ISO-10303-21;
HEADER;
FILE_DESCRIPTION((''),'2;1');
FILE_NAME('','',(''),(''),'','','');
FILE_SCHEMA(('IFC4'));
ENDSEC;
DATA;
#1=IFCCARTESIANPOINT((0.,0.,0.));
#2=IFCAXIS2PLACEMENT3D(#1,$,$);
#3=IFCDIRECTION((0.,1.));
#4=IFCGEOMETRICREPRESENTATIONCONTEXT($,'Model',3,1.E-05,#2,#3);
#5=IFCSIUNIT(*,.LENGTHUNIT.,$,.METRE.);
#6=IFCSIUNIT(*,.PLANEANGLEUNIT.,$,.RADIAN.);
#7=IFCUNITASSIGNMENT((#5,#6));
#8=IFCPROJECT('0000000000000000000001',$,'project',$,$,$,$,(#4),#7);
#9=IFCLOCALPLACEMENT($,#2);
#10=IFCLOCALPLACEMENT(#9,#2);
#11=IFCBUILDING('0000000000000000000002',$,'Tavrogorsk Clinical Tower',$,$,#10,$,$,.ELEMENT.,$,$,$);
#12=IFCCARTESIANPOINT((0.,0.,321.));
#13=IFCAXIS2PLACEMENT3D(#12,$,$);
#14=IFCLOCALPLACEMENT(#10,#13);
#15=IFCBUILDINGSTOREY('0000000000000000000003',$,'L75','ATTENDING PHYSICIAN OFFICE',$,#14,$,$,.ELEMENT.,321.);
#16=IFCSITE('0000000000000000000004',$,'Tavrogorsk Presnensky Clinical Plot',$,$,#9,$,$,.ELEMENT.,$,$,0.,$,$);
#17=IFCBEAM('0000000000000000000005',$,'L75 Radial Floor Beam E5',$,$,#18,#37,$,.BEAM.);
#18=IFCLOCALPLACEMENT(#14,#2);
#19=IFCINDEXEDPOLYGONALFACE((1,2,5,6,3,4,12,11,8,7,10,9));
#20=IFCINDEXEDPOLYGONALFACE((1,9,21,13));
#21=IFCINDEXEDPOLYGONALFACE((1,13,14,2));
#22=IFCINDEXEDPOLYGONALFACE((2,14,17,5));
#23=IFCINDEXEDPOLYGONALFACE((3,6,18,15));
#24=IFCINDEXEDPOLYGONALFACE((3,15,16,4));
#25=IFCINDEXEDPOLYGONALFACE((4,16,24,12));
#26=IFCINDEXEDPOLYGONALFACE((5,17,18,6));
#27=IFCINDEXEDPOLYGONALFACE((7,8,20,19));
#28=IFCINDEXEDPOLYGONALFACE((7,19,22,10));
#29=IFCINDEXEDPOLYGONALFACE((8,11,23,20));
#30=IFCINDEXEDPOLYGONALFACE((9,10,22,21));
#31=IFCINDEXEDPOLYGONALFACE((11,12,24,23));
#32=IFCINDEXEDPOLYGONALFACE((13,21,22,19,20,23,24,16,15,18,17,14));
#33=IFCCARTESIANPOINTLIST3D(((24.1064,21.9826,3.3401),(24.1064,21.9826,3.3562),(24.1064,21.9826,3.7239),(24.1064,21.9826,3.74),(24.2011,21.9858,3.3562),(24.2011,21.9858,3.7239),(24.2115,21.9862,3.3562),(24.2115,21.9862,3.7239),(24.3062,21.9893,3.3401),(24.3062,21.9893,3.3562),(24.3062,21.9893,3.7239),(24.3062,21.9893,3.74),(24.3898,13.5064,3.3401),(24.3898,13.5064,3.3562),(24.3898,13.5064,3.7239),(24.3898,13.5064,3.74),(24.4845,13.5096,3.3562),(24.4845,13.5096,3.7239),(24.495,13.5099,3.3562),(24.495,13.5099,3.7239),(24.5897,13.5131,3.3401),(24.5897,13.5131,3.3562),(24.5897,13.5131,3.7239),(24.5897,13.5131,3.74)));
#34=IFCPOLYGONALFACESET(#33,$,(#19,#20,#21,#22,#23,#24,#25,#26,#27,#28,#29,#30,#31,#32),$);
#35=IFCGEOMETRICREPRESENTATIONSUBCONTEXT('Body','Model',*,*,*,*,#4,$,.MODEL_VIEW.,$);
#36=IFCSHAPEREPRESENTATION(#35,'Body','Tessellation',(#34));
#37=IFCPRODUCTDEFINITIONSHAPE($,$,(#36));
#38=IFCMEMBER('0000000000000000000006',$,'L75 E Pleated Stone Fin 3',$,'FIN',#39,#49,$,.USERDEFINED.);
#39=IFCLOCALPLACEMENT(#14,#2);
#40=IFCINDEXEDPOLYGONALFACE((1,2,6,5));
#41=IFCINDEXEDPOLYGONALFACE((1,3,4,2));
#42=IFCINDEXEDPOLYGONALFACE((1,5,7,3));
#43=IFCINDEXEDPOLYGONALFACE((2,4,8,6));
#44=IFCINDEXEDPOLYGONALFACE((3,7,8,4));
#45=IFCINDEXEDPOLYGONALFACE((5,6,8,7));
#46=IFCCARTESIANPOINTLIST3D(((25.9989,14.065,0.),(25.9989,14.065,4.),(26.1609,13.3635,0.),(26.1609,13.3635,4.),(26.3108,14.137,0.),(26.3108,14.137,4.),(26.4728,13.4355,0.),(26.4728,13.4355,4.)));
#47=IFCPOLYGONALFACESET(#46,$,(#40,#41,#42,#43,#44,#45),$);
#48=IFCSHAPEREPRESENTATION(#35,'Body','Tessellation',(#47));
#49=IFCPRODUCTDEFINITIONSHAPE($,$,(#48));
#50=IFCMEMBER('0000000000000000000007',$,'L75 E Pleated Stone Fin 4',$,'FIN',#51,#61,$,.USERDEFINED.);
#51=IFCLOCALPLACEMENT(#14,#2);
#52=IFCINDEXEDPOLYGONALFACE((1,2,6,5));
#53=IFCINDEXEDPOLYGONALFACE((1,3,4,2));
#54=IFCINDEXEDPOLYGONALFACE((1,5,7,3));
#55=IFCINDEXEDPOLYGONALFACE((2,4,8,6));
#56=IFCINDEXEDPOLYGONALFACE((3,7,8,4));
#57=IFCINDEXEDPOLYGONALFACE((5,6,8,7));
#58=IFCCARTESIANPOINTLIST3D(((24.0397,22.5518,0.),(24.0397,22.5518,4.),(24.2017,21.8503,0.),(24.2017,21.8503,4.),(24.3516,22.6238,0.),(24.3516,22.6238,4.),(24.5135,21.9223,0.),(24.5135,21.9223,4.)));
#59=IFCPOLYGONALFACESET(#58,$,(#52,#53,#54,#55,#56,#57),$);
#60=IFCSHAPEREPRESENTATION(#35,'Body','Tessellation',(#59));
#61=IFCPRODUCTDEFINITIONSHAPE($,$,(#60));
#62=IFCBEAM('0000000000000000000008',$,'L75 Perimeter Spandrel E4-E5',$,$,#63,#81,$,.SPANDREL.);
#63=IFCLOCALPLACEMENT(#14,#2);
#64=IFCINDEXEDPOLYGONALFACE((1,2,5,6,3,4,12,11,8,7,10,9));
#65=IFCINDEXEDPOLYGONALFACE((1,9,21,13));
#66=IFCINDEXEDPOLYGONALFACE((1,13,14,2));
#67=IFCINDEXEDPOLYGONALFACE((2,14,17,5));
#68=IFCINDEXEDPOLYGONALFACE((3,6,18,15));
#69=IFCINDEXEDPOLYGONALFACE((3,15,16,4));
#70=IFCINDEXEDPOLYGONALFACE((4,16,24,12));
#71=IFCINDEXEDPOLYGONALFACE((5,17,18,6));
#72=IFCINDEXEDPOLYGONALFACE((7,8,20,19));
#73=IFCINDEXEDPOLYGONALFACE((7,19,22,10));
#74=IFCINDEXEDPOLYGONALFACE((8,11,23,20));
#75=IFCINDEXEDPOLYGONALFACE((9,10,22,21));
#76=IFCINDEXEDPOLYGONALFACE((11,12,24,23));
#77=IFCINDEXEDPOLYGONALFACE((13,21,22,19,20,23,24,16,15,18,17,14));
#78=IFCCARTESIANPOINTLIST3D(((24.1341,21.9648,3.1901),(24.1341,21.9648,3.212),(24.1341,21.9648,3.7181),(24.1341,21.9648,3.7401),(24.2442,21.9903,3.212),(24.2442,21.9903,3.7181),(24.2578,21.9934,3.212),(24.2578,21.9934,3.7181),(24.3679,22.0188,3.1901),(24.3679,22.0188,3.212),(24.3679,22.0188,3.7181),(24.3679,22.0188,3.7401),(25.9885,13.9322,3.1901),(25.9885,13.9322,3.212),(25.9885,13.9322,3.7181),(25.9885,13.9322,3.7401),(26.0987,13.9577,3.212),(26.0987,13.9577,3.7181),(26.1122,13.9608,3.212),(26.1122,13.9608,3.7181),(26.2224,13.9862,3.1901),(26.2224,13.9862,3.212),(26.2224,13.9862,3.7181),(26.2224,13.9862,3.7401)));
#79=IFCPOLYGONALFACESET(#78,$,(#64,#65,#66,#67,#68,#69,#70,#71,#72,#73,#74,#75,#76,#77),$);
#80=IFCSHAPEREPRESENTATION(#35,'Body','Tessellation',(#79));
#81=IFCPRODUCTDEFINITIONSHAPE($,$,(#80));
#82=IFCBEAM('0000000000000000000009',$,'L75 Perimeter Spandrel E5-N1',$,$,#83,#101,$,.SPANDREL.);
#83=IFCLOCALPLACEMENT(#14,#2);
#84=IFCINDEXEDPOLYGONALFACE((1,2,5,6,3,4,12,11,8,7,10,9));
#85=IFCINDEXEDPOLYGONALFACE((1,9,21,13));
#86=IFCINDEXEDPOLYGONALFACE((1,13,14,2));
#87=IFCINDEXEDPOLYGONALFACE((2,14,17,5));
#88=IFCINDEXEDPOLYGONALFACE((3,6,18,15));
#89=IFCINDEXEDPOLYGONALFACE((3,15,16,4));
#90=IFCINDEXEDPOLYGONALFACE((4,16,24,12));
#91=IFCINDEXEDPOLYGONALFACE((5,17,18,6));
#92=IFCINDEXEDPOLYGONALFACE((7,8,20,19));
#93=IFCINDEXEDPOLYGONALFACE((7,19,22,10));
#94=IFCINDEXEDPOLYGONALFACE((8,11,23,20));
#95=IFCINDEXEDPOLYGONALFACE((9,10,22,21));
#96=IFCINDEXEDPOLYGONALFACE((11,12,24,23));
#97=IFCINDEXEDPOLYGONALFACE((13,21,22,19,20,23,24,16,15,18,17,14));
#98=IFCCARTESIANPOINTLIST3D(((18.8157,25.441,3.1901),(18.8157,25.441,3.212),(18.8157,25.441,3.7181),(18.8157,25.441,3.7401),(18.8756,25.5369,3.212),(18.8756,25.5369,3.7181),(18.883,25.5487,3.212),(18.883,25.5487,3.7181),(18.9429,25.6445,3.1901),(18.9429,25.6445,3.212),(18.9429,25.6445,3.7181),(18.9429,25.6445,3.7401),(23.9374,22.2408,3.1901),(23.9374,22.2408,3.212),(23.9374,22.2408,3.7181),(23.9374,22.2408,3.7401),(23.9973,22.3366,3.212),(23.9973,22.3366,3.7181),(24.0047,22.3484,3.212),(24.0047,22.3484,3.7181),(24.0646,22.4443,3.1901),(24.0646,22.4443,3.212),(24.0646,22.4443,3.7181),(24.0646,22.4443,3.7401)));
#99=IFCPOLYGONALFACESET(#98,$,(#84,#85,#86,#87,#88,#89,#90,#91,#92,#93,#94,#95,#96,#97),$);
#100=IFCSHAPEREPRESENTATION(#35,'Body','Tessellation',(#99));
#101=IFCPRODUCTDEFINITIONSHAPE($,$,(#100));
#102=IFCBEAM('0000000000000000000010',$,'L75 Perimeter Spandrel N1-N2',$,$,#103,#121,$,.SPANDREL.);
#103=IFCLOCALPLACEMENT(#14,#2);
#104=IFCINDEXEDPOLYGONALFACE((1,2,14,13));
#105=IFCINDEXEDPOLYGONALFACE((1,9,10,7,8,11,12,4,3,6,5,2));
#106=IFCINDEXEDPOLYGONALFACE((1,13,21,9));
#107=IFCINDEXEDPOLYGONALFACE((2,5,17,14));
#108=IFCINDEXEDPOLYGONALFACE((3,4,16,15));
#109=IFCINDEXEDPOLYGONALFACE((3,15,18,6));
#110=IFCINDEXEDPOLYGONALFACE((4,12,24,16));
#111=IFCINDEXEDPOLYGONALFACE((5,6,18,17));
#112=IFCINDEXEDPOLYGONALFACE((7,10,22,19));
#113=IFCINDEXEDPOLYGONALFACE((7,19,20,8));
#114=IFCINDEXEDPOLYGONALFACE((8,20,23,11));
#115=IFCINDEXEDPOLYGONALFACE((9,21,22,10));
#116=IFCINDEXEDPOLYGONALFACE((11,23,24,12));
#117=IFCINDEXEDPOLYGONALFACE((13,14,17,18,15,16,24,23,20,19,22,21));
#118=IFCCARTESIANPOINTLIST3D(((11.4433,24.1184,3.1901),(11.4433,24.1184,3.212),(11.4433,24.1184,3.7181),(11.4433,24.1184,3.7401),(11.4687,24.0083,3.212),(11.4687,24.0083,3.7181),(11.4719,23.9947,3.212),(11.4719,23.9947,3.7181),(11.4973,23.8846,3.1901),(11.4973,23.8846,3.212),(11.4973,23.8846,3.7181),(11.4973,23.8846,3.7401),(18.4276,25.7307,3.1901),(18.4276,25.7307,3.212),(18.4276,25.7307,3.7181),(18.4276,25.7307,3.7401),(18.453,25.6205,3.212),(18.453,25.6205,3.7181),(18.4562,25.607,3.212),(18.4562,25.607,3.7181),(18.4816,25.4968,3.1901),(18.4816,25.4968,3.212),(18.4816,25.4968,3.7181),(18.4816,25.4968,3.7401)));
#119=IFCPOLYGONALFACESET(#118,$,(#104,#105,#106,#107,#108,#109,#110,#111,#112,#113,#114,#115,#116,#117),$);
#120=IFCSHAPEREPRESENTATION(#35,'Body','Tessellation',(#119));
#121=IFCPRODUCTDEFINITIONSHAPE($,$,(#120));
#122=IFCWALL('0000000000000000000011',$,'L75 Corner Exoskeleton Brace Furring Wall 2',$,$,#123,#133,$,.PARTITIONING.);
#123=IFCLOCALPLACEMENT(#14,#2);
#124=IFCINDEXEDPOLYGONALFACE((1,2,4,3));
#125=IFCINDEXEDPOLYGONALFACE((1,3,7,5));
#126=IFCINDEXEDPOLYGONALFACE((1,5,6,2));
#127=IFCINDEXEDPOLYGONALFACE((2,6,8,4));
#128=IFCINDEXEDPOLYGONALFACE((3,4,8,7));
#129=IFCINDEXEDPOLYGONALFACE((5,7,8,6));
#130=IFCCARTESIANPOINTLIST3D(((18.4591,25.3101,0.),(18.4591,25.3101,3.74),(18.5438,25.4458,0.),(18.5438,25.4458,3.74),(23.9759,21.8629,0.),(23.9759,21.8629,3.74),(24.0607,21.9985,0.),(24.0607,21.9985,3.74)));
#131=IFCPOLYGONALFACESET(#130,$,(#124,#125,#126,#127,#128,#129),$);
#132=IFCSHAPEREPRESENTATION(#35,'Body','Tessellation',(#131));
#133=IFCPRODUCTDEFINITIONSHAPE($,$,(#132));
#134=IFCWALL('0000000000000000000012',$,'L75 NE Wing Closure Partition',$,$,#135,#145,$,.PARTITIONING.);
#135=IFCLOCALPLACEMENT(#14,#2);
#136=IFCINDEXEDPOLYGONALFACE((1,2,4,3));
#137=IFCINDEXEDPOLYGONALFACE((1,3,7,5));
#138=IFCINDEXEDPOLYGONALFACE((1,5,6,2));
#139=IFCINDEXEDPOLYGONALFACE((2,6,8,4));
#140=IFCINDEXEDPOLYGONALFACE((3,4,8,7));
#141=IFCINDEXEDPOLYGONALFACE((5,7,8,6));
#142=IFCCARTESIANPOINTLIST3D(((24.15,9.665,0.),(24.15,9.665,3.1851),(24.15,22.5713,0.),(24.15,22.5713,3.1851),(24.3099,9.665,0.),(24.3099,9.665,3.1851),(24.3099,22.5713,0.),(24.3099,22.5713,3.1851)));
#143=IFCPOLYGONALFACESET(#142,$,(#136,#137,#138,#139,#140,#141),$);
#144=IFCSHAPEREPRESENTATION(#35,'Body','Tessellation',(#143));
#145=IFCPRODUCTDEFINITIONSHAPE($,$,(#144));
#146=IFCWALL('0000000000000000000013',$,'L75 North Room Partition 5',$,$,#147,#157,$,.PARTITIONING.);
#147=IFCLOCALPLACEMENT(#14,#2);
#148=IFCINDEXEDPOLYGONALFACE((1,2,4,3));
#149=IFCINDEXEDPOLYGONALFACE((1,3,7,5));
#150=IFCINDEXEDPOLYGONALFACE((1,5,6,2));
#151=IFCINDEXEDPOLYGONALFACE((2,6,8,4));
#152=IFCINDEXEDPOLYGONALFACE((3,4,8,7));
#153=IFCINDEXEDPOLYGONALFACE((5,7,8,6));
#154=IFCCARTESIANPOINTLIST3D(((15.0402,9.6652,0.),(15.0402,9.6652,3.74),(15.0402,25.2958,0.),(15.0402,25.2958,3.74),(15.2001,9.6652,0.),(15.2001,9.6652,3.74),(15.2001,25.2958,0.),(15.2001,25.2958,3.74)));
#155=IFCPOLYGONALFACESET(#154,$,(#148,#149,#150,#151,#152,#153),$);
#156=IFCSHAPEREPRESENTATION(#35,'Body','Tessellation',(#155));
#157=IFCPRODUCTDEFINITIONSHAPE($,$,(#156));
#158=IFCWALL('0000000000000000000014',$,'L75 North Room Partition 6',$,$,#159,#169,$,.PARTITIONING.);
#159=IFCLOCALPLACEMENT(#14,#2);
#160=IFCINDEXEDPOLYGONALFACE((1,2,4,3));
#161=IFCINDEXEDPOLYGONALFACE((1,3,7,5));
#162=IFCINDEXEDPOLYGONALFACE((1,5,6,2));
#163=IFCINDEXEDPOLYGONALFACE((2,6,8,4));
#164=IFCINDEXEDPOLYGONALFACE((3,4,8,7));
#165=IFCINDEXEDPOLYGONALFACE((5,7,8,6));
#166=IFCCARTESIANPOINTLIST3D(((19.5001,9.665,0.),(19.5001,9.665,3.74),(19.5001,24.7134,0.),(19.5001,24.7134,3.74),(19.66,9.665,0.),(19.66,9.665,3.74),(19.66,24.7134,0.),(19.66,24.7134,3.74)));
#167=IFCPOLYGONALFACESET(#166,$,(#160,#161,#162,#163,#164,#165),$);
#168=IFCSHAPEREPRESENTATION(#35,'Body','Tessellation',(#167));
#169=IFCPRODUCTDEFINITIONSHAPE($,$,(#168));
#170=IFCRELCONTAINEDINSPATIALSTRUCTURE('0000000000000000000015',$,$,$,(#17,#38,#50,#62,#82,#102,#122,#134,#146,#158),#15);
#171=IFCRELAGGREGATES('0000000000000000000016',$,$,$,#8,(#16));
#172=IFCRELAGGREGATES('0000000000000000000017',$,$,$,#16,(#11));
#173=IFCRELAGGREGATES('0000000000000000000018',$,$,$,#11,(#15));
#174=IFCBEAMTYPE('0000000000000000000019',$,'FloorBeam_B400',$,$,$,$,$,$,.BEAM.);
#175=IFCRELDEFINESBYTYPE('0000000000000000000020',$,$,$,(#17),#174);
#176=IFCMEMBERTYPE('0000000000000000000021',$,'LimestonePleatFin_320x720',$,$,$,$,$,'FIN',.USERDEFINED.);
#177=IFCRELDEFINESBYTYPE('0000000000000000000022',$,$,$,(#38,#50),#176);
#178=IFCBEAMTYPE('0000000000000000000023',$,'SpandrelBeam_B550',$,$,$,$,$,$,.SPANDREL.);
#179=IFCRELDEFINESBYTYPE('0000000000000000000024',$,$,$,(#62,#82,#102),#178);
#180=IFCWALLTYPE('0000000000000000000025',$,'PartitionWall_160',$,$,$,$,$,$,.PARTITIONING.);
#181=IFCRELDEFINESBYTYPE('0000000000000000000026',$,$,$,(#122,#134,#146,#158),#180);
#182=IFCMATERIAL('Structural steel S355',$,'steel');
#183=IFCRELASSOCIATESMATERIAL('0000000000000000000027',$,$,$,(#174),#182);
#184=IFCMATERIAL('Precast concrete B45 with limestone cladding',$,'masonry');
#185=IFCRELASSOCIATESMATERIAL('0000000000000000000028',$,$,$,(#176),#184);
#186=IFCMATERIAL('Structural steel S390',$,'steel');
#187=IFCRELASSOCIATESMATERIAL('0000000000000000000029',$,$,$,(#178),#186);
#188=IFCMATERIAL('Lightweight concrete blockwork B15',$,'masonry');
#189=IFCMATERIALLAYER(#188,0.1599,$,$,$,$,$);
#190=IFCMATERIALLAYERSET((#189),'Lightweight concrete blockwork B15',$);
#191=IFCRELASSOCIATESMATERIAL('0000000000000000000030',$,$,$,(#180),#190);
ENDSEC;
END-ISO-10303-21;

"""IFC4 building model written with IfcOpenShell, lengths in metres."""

from ifc_helpers import new_model, si_unit, direction, frame, frame_2d, origin, origin_2d, place, context, subcontext, project, spatial, rectangle, i_section, extrude, material, layer, layer_set, material_profile, profile_set, type_object, element, save


model = new_model("IFC4")

# Units and contexts
model_context = context("Model", 3, precision=1e-05, world=origin(), true_north=direction((0.0, 1.0)))
body_context = subcontext(model_context, "Body", "Model", "MODEL_VIEW")
ifc_project = project(units=[si_unit("LENGTHUNIT", "METRE"), si_unit("PLANEANGLEUNIT", "RADIAN")], contexts=[model_context])

# Site, building, storey
site_placement = place(None, origin())
site = spatial("IfcSite", under=ifc_project, at=site_placement, Name="Tavrogorsk Presnensky Clinical Plot", CompositionType="ELEMENT", RefElevation=0.0)
building_placement = place(site_placement, origin())
building = spatial("IfcBuilding", under=site, at=building_placement, Name="Tavrogorsk Clinical Tower", CompositionType="ELEMENT")
storey_placement = place(building_placement, frame((0.0, 0.0, 321.0)))
storey = spatial("IfcBuildingStorey", under=building, at=storey_placement, Name="L75", Description="ATTENDING PHYSICIAN OFFICE", CompositionType="ELEMENT", Elevation=321.0)

# Beam
ifc_material_1 = material(Name="Structural steel S355", Category="steel")
ifc_material_profile_1 = material_profile(ifc_material_1, i_section(OverallWidth=0.2, OverallDepth=0.3999, WebThickness=0.0105, FlangeThickness=0.0161, at=origin_2d()), Name="B-400x200x10.5x16")
ifc_profile_set_1 = profile_set([ifc_material_profile_1], Name="Structural steel S355")
beam_type_1 = type_object("IfcBeamType", Name="FloorBeam_B400", PredefinedType="BEAM", material=ifc_profile_set_1)
beam_1_placement = place(storey_placement, frame((24.4897, 13.5098, 3.54), z_axis=(-0.033421, 0.999441, 0.0), x_axis=(-0.999441, -0.033421, 0.0)))
element("IfcBeam", 1, at=beam_1_placement, inside=storey, type_object=beam_type_1, Name="L75 Radial Floor Beam E5", PredefinedType="BEAM", context=body_context, shape_type="SweptSolid", body=[
    extrude(i_section(OverallWidth=0.2, OverallDepth=0.3999, WebThickness=0.0105, FlangeThickness=0.0161, at=origin_2d()), origin(), (0.0, 0.0, 1.0), 8.481),
])

# Members
ifc_material_2 = material(Name="Precast concrete B45 with limestone cladding", Category="masonry")
ifc_material_profile_2 = material_profile(ifc_material_2, rectangle(XDim=0.3201, YDim=0.72, at=origin_2d()), Name="LIMESTONE-FIN-320x720")
ifc_profile_set_2 = profile_set([ifc_material_profile_2], Name="Precast concrete B45 with limestone cladding")
member_type_1 = type_object("IfcMemberType", Name="LimestonePleatFin_320x720", ElementType="FIN", PredefinedType="USERDEFINED", material=ifc_profile_set_2)
for number, where, z_axis, x_axis, name in (
    (2, (26.2358, 13.7502, 0.0), (0.0, 0.0, 1.0), (0.97437, 0.224951, 0.0), "L75 E Pleated Stone Fin 3"),
    (3, (24.2766, 22.2371, 0.0), (0.0, 0.0, 1.0), (0.97437, 0.224951, 0.0), "L75 E Pleated Stone Fin 4"),
):
    element("IfcMember", number, at=place(storey_placement, frame(where, z_axis=z_axis, x_axis=x_axis)), inside=storey, type_object=member_type_1, Name=name, ObjectType="FIN", PredefinedType="USERDEFINED", context=body_context, shape_type="SweptSolid", body=[
        extrude(rectangle(XDim=0.3201, YDim=0.72, at=origin_2d()), origin(), (0.0, 0.0, 1.0), 4.0),
    ])

# Beams
ifc_material_3 = material(Name="Structural steel S390", Category="steel")
ifc_material_profile_3 = material_profile(ifc_material_3, i_section(OverallWidth=0.24, OverallDepth=0.55, WebThickness=0.0139, FlangeThickness=0.022, at=origin_2d()), Name="B-550x240x14x22")
ifc_profile_set_3 = profile_set([ifc_material_profile_3], Name="Structural steel S390")
beam_type_2 = type_object("IfcBeamType", Name="SpandrelBeam_B550", PredefinedType="SPANDREL", material=ifc_profile_set_3)
beam_2_placement = place(storey_placement, frame((26.1055, 13.9592, 3.4651), z_axis=(-0.22495, 0.97437, 0.0), x_axis=(-0.97437, -0.22495, 0.0)))
element("IfcBeam", 4, at=beam_2_placement, inside=storey, type_object=beam_type_2, Name="L75 Perimeter Spandrel E4-E5", PredefinedType="SPANDREL", context=body_context, shape_type="SweptSolid", body=[
    extrude(i_section(OverallWidth=0.24, OverallDepth=0.55, WebThickness=0.0139, FlangeThickness=0.022, at=origin_2d()), origin(), (0.0, 0.0, 1.0), 8.2439),
])
beam_3_placement = place(storey_placement, frame((24.001, 22.3425, 3.4651), z_axis=(-0.848057, 0.529904, 0.0), x_axis=(-0.529904, -0.848057, 0.0)))
element("IfcBeam", 5, at=beam_3_placement, inside=storey, type_object=beam_type_2, Name="L75 Perimeter Spandrel E5-N1", PredefinedType="SPANDREL", context=body_context, shape_type="SweptSolid", body=[
    extrude(i_section(OverallWidth=0.24, OverallDepth=0.55, WebThickness=0.0139, FlangeThickness=0.022, at=origin_2d()), origin(), (0.0, 0.0, 1.0), 6.0393),
])
beam_4_placement = place(storey_placement, frame((18.4546, 25.6138, 3.4651), z_axis=(-0.974375, -0.224929, 0.0), x_axis=(0.224929, -0.974375, 0.0)))
element("IfcBeam", 6, at=beam_4_placement, inside=storey, type_object=beam_type_2, Name="L75 Perimeter Spandrel N1-N2", PredefinedType="SPANDREL", context=body_context, shape_type="SweptSolid", body=[
    extrude(i_section(OverallWidth=0.24, OverallDepth=0.55, WebThickness=0.0139, FlangeThickness=0.022, at=origin_2d()), origin(), (0.0, 0.0, 1.0), 7.168),
])

# Walls
ifc_material_4 = material(Name="Lightweight concrete blockwork B15", Category="masonry")
ifc_layer_1 = layer(ifc_material_4, 0.1599)
ifc_layer_set_1 = layer_set([ifc_layer_1], Name="Lightweight concrete blockwork B15")
wall_type_1 = type_object("IfcWallType", Name="PartitionWall_160", PredefinedType="PARTITIONING", material=ifc_layer_set_1)
wall_1_placement = place(storey_placement, frame((24.0183, 21.9307, 0.0), z_axis=(0.0, 0.0, 1.0), x_axis=(-0.848051, 0.529915, 0.0)))
element("IfcWall", 7, at=wall_1_placement, inside=storey, type_object=wall_type_1, Name="L75 Corner Exoskeleton Brace Furring Wall 2", PredefinedType="PARTITIONING", context=body_context, shape_type="SweptSolid", body=[
    extrude(rectangle(XDim=6.5054, YDim=0.1599, at=frame_2d((3.2527, 0.0))), origin(), (0.0, 0.0, 1.0), 3.74),
])
wall_2_placement = place(storey_placement, frame((24.23, 9.665, 0.0), z_axis=(0.0, 0.0, 1.0), x_axis=(0.0, 1.0, 0.0)))
element("IfcWall", 8, at=wall_2_placement, inside=storey, type_object=wall_type_1, Name="L75 NE Wing Closure Partition", PredefinedType="PARTITIONING", context=body_context, shape_type="SweptSolid", body=[
    extrude(rectangle(XDim=12.9062, YDim=0.1599, at=frame_2d((6.4531, 0.0))), origin(), (0.0, 0.0, 1.0), 3.1851),
])
wall_3_placement = place(storey_placement, frame((15.1201, 9.665, 0.0), z_axis=(0.0, 0.0, 1.0), x_axis=(0.0, 1.0, 0.0)))
element("IfcWall", 9, at=wall_3_placement, inside=storey, type_object=wall_type_1, Name="L75 North Room Partition 5", PredefinedType="PARTITIONING", context=body_context, shape_type="SweptSolid", body=[
    extrude(rectangle(XDim=15.6306, YDim=0.1599, at=frame_2d((7.8154, 0.0))), origin(), (0.0, 0.0, 1.0), 3.74),
])
wall_4_placement = place(storey_placement, frame((19.5801, 9.665, 0.0), z_axis=(0.0, 0.0, 1.0), x_axis=(0.0, 1.0, 0.0)))
element("IfcWall", 10, at=wall_4_placement, inside=storey, type_object=wall_type_1, Name="L75 North Room Partition 6", PredefinedType="PARTITIONING", context=body_context, shape_type="SweptSolid", body=[
    extrude(rectangle(XDim=15.0483, YDim=0.1599, at=frame_2d((7.5242, 0.0))), origin(), (0.0, 0.0, 1.0), 3.74),
])

save(model, "model.ifc")
